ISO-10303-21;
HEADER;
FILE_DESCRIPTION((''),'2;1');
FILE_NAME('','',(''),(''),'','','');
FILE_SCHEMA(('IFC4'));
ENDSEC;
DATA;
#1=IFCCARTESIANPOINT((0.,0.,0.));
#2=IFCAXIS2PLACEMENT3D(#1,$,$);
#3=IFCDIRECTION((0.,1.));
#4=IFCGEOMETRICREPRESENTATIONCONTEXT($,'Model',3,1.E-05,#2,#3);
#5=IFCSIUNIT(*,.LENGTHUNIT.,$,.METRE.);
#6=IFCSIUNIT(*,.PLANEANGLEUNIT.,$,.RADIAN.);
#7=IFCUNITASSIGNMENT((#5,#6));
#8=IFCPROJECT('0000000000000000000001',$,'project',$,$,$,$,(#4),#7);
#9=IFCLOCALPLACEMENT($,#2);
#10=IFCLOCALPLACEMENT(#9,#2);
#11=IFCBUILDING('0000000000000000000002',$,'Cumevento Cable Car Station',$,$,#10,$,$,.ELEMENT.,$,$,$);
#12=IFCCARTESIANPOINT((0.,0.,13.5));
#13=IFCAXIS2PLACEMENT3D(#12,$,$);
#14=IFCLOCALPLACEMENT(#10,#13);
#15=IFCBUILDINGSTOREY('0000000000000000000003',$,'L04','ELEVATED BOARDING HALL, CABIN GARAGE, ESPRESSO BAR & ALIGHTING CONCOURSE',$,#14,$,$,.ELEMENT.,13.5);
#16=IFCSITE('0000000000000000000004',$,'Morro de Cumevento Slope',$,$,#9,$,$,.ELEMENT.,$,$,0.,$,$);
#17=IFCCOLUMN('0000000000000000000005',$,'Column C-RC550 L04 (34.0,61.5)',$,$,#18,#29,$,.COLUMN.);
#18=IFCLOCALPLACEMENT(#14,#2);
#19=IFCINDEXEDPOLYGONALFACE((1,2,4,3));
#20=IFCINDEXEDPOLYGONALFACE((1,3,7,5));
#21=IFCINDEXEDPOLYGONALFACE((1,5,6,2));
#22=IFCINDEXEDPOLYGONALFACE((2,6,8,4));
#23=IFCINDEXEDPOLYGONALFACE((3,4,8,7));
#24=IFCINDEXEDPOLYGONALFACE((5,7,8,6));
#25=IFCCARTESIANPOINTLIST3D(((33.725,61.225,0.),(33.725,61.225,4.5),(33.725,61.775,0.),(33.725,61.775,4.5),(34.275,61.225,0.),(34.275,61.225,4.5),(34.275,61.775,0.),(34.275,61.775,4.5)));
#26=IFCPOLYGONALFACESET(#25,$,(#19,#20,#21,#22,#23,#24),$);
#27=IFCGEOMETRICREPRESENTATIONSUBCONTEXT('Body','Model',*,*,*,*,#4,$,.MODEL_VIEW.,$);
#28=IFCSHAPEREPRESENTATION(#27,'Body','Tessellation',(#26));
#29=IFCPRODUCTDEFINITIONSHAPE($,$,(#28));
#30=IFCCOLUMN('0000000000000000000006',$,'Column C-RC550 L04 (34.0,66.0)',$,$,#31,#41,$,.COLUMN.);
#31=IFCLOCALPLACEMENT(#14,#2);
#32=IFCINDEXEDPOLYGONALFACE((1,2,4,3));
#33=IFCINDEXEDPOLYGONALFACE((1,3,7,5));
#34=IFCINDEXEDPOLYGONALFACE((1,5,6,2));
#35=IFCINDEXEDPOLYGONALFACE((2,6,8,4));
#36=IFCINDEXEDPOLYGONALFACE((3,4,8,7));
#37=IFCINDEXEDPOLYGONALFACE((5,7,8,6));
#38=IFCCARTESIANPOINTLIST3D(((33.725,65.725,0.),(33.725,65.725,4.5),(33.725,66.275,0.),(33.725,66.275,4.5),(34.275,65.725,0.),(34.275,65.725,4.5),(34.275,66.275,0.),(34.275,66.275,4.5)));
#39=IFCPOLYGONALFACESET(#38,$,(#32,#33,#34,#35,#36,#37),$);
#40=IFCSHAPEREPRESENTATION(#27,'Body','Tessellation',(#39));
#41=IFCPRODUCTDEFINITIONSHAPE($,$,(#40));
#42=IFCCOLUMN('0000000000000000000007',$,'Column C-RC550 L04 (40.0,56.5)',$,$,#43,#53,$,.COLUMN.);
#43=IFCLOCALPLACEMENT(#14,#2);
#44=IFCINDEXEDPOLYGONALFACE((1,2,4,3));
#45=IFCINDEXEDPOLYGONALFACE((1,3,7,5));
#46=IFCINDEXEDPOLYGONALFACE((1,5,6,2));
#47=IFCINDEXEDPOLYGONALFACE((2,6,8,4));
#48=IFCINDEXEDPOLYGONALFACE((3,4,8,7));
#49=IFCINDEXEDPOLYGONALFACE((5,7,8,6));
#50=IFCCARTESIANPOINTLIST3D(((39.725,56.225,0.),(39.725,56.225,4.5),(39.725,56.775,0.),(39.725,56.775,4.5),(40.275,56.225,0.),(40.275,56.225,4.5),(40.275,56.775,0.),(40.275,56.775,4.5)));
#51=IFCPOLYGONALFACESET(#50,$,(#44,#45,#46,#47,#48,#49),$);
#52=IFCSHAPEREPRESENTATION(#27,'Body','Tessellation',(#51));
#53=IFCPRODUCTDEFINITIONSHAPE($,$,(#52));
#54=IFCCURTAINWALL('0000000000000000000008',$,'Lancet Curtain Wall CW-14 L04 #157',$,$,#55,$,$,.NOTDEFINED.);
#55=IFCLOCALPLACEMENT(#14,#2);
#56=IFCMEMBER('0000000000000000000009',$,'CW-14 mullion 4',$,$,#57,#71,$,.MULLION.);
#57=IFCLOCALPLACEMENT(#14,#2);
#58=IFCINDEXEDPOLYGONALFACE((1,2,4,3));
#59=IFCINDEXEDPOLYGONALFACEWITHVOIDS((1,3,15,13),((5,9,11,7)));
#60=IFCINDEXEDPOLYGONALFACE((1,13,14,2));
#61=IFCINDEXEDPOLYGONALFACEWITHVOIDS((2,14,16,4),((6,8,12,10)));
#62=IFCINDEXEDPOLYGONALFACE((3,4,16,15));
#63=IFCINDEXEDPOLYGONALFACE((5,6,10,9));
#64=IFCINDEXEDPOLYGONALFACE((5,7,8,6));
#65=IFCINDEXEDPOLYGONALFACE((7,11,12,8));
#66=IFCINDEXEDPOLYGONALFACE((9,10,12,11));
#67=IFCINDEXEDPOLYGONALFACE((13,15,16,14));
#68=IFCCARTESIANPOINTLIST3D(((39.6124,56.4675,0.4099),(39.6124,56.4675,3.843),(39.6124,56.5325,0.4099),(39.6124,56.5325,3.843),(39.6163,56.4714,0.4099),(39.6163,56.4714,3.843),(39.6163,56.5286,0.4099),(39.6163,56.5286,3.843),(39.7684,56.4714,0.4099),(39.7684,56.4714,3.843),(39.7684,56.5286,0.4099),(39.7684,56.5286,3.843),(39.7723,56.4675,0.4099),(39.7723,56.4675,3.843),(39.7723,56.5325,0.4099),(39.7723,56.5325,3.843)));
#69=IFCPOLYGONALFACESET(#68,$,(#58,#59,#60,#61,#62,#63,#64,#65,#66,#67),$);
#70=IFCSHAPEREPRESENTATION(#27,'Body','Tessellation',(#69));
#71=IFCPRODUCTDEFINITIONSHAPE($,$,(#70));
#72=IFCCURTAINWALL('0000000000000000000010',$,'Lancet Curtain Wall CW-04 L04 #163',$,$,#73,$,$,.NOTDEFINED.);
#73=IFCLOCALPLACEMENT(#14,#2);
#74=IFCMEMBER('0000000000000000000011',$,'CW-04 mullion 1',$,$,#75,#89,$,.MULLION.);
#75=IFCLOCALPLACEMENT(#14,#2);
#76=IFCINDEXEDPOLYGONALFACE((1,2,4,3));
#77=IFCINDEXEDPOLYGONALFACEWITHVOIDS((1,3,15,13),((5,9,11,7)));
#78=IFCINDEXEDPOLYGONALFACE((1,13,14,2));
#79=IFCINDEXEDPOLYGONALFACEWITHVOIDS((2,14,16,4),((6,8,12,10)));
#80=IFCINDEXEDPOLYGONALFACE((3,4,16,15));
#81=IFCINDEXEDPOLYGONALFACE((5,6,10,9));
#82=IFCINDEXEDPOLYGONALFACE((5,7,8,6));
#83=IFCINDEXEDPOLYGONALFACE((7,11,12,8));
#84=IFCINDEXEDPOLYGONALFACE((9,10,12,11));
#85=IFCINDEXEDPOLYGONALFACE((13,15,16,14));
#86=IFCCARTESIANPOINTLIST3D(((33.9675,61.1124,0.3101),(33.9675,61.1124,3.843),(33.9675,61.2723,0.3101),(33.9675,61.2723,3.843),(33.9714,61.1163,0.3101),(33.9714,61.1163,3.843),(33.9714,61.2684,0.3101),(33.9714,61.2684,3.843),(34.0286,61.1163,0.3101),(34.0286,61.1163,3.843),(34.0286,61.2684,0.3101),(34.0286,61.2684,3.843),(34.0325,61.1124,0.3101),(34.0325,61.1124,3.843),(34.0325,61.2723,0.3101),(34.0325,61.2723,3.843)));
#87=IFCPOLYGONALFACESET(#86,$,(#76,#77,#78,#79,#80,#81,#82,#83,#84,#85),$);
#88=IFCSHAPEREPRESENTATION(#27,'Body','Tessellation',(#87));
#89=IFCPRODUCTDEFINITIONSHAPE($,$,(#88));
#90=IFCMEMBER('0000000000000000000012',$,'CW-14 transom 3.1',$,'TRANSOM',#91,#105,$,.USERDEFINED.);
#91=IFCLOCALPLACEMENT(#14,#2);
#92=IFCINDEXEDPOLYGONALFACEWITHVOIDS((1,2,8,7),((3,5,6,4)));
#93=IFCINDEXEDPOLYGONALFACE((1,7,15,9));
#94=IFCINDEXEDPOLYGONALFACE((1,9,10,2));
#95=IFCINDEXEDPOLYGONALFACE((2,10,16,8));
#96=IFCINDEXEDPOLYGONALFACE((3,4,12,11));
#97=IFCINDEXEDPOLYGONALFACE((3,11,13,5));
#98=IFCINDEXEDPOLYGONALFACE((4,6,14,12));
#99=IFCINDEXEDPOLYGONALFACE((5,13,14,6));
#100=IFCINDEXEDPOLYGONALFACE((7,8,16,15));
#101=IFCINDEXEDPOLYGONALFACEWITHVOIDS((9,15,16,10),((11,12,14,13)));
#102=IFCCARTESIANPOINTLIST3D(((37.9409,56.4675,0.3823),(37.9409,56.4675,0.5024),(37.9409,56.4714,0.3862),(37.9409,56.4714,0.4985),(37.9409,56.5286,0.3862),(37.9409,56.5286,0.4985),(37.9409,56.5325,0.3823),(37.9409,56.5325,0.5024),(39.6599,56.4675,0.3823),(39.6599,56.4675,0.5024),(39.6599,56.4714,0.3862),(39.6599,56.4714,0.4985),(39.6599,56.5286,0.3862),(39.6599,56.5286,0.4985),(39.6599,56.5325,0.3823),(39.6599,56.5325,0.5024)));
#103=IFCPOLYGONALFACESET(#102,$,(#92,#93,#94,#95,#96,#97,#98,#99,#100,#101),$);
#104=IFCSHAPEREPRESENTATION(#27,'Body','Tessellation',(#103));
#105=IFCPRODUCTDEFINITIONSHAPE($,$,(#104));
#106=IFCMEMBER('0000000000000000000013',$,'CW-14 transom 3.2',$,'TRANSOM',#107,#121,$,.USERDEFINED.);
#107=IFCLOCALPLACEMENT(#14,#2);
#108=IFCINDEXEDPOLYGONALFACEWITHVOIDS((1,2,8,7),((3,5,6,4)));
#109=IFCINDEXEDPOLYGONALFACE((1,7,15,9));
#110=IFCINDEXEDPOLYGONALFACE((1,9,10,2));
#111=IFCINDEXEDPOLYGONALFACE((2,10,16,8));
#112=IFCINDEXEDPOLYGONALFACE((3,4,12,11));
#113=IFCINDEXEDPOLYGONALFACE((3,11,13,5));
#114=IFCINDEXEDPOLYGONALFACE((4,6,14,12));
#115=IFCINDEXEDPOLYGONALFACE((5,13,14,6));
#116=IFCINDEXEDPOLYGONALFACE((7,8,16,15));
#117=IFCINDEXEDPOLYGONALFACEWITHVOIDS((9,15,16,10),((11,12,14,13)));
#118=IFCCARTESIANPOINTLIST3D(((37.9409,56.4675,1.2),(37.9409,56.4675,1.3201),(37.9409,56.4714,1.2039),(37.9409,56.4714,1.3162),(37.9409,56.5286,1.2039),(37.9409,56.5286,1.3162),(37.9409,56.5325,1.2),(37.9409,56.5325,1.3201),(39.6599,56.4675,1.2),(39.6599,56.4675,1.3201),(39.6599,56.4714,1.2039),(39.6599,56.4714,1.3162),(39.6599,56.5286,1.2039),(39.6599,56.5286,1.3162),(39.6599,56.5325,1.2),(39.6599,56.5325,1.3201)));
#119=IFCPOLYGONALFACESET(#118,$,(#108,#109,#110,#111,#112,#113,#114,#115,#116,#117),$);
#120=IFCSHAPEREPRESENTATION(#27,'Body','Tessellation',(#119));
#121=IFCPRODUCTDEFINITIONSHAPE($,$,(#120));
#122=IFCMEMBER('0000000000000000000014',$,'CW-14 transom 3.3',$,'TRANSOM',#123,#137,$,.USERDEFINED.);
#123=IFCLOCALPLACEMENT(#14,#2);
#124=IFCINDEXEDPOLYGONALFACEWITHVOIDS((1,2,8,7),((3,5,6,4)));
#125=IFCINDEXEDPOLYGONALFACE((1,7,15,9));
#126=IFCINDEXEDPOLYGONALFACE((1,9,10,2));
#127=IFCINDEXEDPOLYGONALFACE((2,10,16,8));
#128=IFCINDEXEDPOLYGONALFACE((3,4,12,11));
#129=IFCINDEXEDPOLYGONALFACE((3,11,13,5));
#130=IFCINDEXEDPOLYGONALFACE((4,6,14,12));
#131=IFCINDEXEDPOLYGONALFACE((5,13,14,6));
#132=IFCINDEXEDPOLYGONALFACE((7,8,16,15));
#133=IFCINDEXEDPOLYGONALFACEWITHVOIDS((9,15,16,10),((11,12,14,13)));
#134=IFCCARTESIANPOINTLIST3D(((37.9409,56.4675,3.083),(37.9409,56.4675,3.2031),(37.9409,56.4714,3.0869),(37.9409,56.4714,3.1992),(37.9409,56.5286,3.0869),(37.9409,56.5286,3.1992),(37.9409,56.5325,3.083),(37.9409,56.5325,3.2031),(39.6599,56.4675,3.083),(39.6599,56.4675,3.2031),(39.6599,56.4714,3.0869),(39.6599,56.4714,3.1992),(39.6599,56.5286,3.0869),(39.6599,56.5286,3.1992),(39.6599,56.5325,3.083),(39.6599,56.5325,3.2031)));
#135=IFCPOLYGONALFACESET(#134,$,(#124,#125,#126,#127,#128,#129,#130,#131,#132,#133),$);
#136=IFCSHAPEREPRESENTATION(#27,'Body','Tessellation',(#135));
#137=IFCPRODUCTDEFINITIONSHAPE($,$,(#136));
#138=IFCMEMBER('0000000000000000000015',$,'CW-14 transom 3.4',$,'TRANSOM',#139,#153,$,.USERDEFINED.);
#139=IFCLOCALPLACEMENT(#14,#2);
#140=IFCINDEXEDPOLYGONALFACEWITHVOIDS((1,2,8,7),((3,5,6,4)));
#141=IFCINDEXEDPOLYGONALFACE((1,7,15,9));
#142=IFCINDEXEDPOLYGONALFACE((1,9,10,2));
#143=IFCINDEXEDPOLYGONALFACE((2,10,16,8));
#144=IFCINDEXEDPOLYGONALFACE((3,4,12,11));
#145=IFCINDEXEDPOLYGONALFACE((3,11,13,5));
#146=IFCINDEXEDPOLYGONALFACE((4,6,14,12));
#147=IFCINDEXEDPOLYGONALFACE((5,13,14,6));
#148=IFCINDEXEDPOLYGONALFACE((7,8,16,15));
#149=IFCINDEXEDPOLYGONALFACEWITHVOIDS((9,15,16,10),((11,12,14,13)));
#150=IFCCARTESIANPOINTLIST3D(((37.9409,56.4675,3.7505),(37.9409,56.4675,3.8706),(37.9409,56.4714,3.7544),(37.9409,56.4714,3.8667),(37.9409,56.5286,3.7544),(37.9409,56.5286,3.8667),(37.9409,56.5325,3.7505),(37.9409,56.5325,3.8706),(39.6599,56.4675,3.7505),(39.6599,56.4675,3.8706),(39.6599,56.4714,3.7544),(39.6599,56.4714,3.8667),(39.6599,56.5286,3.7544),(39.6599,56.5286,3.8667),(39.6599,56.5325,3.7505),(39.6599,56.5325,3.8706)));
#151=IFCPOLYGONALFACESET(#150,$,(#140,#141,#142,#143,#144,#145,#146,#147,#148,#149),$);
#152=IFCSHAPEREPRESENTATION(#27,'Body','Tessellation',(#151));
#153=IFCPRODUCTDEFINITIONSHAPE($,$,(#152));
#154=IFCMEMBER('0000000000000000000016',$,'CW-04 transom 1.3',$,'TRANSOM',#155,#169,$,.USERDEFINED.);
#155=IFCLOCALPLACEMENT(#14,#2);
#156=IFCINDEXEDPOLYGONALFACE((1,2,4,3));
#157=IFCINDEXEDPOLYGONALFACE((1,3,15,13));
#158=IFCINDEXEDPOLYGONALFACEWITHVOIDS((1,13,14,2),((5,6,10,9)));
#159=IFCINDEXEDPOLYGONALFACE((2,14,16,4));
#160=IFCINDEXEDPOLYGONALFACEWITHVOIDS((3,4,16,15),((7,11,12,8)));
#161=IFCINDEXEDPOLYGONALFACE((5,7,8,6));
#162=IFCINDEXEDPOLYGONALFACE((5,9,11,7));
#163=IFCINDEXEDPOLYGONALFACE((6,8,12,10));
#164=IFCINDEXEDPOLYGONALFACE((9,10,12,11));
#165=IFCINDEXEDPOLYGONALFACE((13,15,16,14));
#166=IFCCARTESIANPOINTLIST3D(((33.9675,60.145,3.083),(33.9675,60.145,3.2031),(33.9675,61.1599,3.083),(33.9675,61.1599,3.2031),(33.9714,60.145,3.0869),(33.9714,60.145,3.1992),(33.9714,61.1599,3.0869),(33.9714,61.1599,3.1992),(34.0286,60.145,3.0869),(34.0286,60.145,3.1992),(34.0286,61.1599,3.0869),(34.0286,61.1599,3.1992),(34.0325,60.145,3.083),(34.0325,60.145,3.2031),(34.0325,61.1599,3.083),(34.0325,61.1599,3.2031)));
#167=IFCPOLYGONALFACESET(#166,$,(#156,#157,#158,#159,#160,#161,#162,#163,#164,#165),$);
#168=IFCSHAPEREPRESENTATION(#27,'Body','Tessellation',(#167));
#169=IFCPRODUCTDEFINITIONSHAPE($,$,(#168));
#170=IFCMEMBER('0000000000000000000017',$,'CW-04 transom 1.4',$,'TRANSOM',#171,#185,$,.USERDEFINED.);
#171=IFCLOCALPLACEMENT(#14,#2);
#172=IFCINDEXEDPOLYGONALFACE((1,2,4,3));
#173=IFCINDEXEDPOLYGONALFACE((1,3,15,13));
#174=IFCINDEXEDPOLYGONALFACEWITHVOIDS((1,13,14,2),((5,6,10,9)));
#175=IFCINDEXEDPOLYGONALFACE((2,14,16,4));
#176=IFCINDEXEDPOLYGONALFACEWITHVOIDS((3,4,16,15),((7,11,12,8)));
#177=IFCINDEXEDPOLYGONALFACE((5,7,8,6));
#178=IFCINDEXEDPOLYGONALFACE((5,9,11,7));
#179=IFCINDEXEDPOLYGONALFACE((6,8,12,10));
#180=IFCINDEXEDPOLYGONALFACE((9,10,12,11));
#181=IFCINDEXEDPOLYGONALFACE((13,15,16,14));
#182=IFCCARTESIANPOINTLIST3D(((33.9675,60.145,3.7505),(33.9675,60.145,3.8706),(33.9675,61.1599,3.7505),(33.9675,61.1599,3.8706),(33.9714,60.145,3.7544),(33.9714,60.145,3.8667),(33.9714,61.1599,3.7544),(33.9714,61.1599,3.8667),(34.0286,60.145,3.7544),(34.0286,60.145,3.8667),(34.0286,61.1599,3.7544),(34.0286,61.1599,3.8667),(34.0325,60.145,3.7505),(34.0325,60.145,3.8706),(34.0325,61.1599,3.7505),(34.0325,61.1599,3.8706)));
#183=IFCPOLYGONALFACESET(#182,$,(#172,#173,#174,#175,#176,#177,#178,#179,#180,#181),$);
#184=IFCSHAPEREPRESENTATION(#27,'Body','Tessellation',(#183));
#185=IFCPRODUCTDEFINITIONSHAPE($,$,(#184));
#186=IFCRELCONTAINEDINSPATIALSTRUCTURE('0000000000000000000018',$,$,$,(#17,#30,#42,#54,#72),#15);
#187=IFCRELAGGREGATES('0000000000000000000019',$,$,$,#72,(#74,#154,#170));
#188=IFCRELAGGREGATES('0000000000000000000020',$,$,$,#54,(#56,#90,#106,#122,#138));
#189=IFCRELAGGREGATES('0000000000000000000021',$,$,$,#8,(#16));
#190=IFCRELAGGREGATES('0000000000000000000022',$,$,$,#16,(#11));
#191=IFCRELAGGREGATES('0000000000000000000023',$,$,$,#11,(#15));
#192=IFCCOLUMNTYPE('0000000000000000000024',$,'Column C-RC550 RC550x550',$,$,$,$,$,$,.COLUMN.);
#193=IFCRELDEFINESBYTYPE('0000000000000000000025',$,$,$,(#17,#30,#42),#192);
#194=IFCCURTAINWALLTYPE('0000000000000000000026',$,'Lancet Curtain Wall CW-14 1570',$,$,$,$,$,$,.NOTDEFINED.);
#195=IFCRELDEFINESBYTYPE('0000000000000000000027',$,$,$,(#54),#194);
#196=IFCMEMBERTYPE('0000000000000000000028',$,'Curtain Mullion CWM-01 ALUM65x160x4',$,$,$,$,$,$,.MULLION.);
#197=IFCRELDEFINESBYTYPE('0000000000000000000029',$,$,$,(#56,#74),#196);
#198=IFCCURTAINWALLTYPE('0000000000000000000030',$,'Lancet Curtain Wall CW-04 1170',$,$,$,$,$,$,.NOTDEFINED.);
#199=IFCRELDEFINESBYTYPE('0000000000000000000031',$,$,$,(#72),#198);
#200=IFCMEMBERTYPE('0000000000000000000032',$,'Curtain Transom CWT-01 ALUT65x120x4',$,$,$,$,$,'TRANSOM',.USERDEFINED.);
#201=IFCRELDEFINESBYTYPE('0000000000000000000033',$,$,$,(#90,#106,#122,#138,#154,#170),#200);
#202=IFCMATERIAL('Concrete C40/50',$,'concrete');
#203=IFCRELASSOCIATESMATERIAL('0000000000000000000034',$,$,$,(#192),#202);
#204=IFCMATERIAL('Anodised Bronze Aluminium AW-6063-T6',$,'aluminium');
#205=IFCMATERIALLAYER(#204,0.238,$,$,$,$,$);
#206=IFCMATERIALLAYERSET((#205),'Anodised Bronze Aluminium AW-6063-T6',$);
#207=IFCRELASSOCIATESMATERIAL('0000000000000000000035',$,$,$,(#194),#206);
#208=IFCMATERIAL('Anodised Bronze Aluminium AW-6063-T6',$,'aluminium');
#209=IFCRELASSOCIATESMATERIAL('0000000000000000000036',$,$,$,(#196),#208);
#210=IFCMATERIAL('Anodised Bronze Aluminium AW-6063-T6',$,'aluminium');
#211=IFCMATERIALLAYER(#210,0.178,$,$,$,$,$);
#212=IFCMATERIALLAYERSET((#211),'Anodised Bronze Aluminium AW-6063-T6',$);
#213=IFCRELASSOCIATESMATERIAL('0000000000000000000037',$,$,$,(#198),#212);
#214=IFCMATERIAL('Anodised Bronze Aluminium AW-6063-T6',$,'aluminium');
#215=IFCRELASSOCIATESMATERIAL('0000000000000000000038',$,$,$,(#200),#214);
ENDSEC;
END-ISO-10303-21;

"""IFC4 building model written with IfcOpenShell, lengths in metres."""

from ifc_helpers import new_model, si_unit, direction, frame, origin, origin_2d, place, context, subcontext, project, spatial, rectangle, hollow_rectangle, extrude, material, layer, layer_set, material_profile, profile_set, type_object, element, aggregate, save


model = new_model("IFC4")

# Units and contexts
model_context = context("Model", 3, precision=1e-05, world=origin(), true_north=direction((0.0, 1.0)))
body_context = subcontext(model_context, "Body", "Model", "MODEL_VIEW")
ifc_project = project(units=[si_unit("LENGTHUNIT", "METRE"), si_unit("PLANEANGLEUNIT", "RADIAN")], contexts=[model_context])

# Site, building, storey
site_placement = place(None, origin())
site = spatial("IfcSite", under=ifc_project, at=site_placement, Name="Morro de Cumevento Slope", CompositionType="ELEMENT", RefElevation=0.0)
building_placement = place(site_placement, origin())
building = spatial("IfcBuilding", under=site, at=building_placement, Name="Cumevento Cable Car Station", CompositionType="ELEMENT")
storey_placement = place(building_placement, frame((0.0, 0.0, 13.5)))
storey = spatial("IfcBuildingStorey", under=building, at=storey_placement, Name="L04", Description="ELEVATED BOARDING HALL, CABIN GARAGE, ESPRESSO BAR & ALIGHTING CONCOURSE", CompositionType="ELEMENT", Elevation=13.5)

# Columns
ifc_material_1 = material(Name="Concrete C40/50", Category="concrete")
ifc_material_profile_1 = material_profile(ifc_material_1, rectangle(XDim=0.55, YDim=0.55, at=origin_2d()), Name="RC550x550")
ifc_profile_set_1 = profile_set([ifc_material_profile_1], Name="Concrete C40/50")
column_type = type_object("IfcColumnType", Name="Column C-RC550 RC550x550", PredefinedType="COLUMN", material=ifc_profile_set_1)
for number, where, z_axis, x_axis, name in (
    (1, (34.0, 61.5, 0.0), (0.0, 0.0, 1.0), (1.0, 0.0, 0.0), "Column C-RC550 L04 (34.0,61.5)"),
    (2, (34.0, 66.0, 0.0), (0.0, 0.0, 1.0), (1.0, 0.0, 0.0), "Column C-RC550 L04 (34.0,66.0)"),
    (3, (40.0, 56.5, 0.0), (0.0, 0.0, 1.0), (1.0, 0.0, 0.0), "Column C-RC550 L04 (40.0,56.5)"),
):
    element("IfcColumn", number, at=place(storey_placement, frame(where, z_axis=z_axis, x_axis=x_axis)), inside=storey, type_object=column_type, Name=name, PredefinedType="COLUMN", context=body_context, shape_type="SweptSolid", body=[
        extrude(rectangle(XDim=0.55, YDim=0.55, at=origin_2d()), origin(), (0.0, 0.0, 1.0), 4.5),
    ])

# Curtain walls, members
ifc_material_2 = material(Name="Anodised Bronze Aluminium AW-6063-T6", Category="aluminium")
ifc_layer_1 = layer(ifc_material_2, 0.238)
ifc_layer_set_1 = layer_set([ifc_layer_1], Name="Anodised Bronze Aluminium AW-6063-T6")
curtain_wall_type_1 = type_object("IfcCurtainWallType", Name="Lancet Curtain Wall CW-14 1570", PredefinedType="NOTDEFINED", material=ifc_layer_set_1)
curtain_wall_1_placement = place(storey_placement, origin())
curtain_wall_1 = element("IfcCurtainWall", 4, at=curtain_wall_1_placement, inside=storey, type_object=curtain_wall_type_1, Name="Lancet Curtain Wall CW-14 L04 #157", PredefinedType="NOTDEFINED")
ifc_material_3 = material(Name="Anodised Bronze Aluminium AW-6063-T6", Category="aluminium")
ifc_material_profile_2 = material_profile(ifc_material_3, hollow_rectangle(XDim=0.0649, YDim=0.1599, WallThickness=0.0039, at=origin_2d()), Name="ALUM65x160x4")
ifc_profile_set_2 = profile_set([ifc_material_profile_2], Name="Anodised Bronze Aluminium AW-6063-T6")
member_type_1 = type_object("IfcMemberType", Name="Curtain Mullion CWM-01 ALUM65x160x4", PredefinedType="MULLION", material=ifc_profile_set_2)
member_1_placement = place(storey_placement, frame((39.6924, 56.5, 0.4099), z_axis=(0.0, 0.0, 1.0), x_axis=(0.0, 1.0, 0.0)))
member_1 = element("IfcMember", 5, at=member_1_placement, type_object=member_type_1, Name="CW-14 mullion 4", PredefinedType="MULLION", context=body_context, shape_type="SweptSolid", body=[
    extrude(hollow_rectangle(XDim=0.0649, YDim=0.1599, WallThickness=0.0039, at=origin_2d()), origin(), (0.0, 0.0, 1.0), 3.4331),
])
ifc_material_4 = material(Name="Anodised Bronze Aluminium AW-6063-T6", Category="aluminium")
ifc_layer_2 = layer(ifc_material_4, 0.178)
ifc_layer_set_2 = layer_set([ifc_layer_2], Name="Anodised Bronze Aluminium AW-6063-T6")
curtain_wall_type_2 = type_object("IfcCurtainWallType", Name="Lancet Curtain Wall CW-04 1170", PredefinedType="NOTDEFINED", material=ifc_layer_set_2)
curtain_wall_2_placement = place(storey_placement, origin())
curtain_wall_2 = element("IfcCurtainWall", 6, at=curtain_wall_2_placement, inside=storey, type_object=curtain_wall_type_2, Name="Lancet Curtain Wall CW-04 L04 #163", PredefinedType="NOTDEFINED")
member_2_placement = place(storey_placement, frame((34.0, 61.1924, 0.3101), z_axis=(0.0, 0.0, 1.0), x_axis=(1.0, 0.0, 0.0)))
member_2 = element("IfcMember", 7, at=member_2_placement, type_object=member_type_1, Name="CW-04 mullion 1", PredefinedType="MULLION", context=body_context, shape_type="SweptSolid", body=[
    extrude(hollow_rectangle(XDim=0.0649, YDim=0.1599, WallThickness=0.0039, at=origin_2d()), origin(), (0.0, 0.0, 1.0), 3.533),
])

# Members
ifc_material_5 = material(Name="Anodised Bronze Aluminium AW-6063-T6", Category="aluminium")
ifc_material_profile_3 = material_profile(ifc_material_5, hollow_rectangle(XDim=0.0649, YDim=0.1201, WallThickness=0.0039, at=origin_2d()), Name="ALUT65x120x4")
ifc_profile_set_3 = profile_set([ifc_material_profile_3], Name="Anodised Bronze Aluminium AW-6063-T6")
member_type_2 = type_object("IfcMemberType", Name="Curtain Transom CWT-01 ALUT65x120x4", ElementType="TRANSOM", PredefinedType="USERDEFINED", material=ifc_profile_set_3)
member_3_placement = place(storey_placement, frame((37.9409, 56.5, 0.4424), z_axis=(1.0, 0.0, 0.0), x_axis=(0.0, 1.0, 0.0)))
member_3 = element("IfcMember", 8, at=member_3_placement, type_object=member_type_2, Name="CW-14 transom 3.1", ObjectType="TRANSOM", PredefinedType="USERDEFINED", context=body_context, shape_type="SweptSolid", body=[
    extrude(hollow_rectangle(XDim=0.0649, YDim=0.1201, WallThickness=0.0039, at=origin_2d()), origin(), (0.0, 0.0, 1.0), 1.719),
])
member_4_placement = place(storey_placement, frame((37.9409, 56.5, 1.26), z_axis=(1.0, 0.0, 0.0), x_axis=(0.0, 1.0, 0.0)))
member_4 = element("IfcMember", 9, at=member_4_placement, type_object=member_type_2, Name="CW-14 transom 3.2", ObjectType="TRANSOM", PredefinedType="USERDEFINED", context=body_context, shape_type="SweptSolid", body=[
    extrude(hollow_rectangle(XDim=0.0649, YDim=0.1201, WallThickness=0.0039, at=origin_2d()), origin(), (0.0, 0.0, 1.0), 1.719),
])
member_5_placement = place(storey_placement, frame((37.9409, 56.5, 3.1431), z_axis=(1.0, 0.0, 0.0), x_axis=(0.0, 1.0, 0.0)))
member_5 = element("IfcMember", 10, at=member_5_placement, type_object=member_type_2, Name="CW-14 transom 3.3", ObjectType="TRANSOM", PredefinedType="USERDEFINED", context=body_context, shape_type="SweptSolid", body=[
    extrude(hollow_rectangle(XDim=0.0649, YDim=0.1201, WallThickness=0.0039, at=origin_2d()), origin(), (0.0, 0.0, 1.0), 1.719),
])
member_6_placement = place(storey_placement, frame((37.9409, 56.5, 3.8105), z_axis=(1.0, 0.0, 0.0), x_axis=(0.0, 1.0, 0.0)))
member_6 = element("IfcMember", 11, at=member_6_placement, type_object=member_type_2, Name="CW-14 transom 3.4", ObjectType="TRANSOM", PredefinedType="USERDEFINED", context=body_context, shape_type="SweptSolid", body=[
    extrude(hollow_rectangle(XDim=0.0649, YDim=0.1201, WallThickness=0.0039, at=origin_2d()), origin(), (0.0, 0.0, 1.0), 1.719),
])
member_7_placement = place(storey_placement, frame((34.0, 61.1599, 3.1431), z_axis=(0.0, -1.0, 0.0), x_axis=(1.0, 0.0, 0.0)))
member_7 = element("IfcMember", 12, at=member_7_placement, type_object=member_type_2, Name="CW-04 transom 1.3", ObjectType="TRANSOM", PredefinedType="USERDEFINED", context=body_context, shape_type="SweptSolid", body=[
    extrude(hollow_rectangle(XDim=0.0649, YDim=0.1201, WallThickness=0.0039, at=origin_2d()), origin(), (0.0, 0.0, 1.0), 1.0149),
])
member_8_placement = place(storey_placement, frame((34.0, 61.1599, 3.8105), z_axis=(0.0, -1.0, 0.0), x_axis=(1.0, 0.0, 0.0)))
member_8 = element("IfcMember", 13, at=member_8_placement, type_object=member_type_2, Name="CW-04 transom 1.4", ObjectType="TRANSOM", PredefinedType="USERDEFINED", context=body_context, shape_type="SweptSolid", body=[
    extrude(hollow_rectangle(XDim=0.0649, YDim=0.1201, WallThickness=0.0039, at=origin_2d()), origin(), (0.0, 0.0, 1.0), 1.0149),
])
aggregate(curtain_wall_2, [member_2, member_7, member_8])

aggregate(curtain_wall_1, [member_1, member_3, member_4, member_5, member_6])

save(model, "model.ifc")
